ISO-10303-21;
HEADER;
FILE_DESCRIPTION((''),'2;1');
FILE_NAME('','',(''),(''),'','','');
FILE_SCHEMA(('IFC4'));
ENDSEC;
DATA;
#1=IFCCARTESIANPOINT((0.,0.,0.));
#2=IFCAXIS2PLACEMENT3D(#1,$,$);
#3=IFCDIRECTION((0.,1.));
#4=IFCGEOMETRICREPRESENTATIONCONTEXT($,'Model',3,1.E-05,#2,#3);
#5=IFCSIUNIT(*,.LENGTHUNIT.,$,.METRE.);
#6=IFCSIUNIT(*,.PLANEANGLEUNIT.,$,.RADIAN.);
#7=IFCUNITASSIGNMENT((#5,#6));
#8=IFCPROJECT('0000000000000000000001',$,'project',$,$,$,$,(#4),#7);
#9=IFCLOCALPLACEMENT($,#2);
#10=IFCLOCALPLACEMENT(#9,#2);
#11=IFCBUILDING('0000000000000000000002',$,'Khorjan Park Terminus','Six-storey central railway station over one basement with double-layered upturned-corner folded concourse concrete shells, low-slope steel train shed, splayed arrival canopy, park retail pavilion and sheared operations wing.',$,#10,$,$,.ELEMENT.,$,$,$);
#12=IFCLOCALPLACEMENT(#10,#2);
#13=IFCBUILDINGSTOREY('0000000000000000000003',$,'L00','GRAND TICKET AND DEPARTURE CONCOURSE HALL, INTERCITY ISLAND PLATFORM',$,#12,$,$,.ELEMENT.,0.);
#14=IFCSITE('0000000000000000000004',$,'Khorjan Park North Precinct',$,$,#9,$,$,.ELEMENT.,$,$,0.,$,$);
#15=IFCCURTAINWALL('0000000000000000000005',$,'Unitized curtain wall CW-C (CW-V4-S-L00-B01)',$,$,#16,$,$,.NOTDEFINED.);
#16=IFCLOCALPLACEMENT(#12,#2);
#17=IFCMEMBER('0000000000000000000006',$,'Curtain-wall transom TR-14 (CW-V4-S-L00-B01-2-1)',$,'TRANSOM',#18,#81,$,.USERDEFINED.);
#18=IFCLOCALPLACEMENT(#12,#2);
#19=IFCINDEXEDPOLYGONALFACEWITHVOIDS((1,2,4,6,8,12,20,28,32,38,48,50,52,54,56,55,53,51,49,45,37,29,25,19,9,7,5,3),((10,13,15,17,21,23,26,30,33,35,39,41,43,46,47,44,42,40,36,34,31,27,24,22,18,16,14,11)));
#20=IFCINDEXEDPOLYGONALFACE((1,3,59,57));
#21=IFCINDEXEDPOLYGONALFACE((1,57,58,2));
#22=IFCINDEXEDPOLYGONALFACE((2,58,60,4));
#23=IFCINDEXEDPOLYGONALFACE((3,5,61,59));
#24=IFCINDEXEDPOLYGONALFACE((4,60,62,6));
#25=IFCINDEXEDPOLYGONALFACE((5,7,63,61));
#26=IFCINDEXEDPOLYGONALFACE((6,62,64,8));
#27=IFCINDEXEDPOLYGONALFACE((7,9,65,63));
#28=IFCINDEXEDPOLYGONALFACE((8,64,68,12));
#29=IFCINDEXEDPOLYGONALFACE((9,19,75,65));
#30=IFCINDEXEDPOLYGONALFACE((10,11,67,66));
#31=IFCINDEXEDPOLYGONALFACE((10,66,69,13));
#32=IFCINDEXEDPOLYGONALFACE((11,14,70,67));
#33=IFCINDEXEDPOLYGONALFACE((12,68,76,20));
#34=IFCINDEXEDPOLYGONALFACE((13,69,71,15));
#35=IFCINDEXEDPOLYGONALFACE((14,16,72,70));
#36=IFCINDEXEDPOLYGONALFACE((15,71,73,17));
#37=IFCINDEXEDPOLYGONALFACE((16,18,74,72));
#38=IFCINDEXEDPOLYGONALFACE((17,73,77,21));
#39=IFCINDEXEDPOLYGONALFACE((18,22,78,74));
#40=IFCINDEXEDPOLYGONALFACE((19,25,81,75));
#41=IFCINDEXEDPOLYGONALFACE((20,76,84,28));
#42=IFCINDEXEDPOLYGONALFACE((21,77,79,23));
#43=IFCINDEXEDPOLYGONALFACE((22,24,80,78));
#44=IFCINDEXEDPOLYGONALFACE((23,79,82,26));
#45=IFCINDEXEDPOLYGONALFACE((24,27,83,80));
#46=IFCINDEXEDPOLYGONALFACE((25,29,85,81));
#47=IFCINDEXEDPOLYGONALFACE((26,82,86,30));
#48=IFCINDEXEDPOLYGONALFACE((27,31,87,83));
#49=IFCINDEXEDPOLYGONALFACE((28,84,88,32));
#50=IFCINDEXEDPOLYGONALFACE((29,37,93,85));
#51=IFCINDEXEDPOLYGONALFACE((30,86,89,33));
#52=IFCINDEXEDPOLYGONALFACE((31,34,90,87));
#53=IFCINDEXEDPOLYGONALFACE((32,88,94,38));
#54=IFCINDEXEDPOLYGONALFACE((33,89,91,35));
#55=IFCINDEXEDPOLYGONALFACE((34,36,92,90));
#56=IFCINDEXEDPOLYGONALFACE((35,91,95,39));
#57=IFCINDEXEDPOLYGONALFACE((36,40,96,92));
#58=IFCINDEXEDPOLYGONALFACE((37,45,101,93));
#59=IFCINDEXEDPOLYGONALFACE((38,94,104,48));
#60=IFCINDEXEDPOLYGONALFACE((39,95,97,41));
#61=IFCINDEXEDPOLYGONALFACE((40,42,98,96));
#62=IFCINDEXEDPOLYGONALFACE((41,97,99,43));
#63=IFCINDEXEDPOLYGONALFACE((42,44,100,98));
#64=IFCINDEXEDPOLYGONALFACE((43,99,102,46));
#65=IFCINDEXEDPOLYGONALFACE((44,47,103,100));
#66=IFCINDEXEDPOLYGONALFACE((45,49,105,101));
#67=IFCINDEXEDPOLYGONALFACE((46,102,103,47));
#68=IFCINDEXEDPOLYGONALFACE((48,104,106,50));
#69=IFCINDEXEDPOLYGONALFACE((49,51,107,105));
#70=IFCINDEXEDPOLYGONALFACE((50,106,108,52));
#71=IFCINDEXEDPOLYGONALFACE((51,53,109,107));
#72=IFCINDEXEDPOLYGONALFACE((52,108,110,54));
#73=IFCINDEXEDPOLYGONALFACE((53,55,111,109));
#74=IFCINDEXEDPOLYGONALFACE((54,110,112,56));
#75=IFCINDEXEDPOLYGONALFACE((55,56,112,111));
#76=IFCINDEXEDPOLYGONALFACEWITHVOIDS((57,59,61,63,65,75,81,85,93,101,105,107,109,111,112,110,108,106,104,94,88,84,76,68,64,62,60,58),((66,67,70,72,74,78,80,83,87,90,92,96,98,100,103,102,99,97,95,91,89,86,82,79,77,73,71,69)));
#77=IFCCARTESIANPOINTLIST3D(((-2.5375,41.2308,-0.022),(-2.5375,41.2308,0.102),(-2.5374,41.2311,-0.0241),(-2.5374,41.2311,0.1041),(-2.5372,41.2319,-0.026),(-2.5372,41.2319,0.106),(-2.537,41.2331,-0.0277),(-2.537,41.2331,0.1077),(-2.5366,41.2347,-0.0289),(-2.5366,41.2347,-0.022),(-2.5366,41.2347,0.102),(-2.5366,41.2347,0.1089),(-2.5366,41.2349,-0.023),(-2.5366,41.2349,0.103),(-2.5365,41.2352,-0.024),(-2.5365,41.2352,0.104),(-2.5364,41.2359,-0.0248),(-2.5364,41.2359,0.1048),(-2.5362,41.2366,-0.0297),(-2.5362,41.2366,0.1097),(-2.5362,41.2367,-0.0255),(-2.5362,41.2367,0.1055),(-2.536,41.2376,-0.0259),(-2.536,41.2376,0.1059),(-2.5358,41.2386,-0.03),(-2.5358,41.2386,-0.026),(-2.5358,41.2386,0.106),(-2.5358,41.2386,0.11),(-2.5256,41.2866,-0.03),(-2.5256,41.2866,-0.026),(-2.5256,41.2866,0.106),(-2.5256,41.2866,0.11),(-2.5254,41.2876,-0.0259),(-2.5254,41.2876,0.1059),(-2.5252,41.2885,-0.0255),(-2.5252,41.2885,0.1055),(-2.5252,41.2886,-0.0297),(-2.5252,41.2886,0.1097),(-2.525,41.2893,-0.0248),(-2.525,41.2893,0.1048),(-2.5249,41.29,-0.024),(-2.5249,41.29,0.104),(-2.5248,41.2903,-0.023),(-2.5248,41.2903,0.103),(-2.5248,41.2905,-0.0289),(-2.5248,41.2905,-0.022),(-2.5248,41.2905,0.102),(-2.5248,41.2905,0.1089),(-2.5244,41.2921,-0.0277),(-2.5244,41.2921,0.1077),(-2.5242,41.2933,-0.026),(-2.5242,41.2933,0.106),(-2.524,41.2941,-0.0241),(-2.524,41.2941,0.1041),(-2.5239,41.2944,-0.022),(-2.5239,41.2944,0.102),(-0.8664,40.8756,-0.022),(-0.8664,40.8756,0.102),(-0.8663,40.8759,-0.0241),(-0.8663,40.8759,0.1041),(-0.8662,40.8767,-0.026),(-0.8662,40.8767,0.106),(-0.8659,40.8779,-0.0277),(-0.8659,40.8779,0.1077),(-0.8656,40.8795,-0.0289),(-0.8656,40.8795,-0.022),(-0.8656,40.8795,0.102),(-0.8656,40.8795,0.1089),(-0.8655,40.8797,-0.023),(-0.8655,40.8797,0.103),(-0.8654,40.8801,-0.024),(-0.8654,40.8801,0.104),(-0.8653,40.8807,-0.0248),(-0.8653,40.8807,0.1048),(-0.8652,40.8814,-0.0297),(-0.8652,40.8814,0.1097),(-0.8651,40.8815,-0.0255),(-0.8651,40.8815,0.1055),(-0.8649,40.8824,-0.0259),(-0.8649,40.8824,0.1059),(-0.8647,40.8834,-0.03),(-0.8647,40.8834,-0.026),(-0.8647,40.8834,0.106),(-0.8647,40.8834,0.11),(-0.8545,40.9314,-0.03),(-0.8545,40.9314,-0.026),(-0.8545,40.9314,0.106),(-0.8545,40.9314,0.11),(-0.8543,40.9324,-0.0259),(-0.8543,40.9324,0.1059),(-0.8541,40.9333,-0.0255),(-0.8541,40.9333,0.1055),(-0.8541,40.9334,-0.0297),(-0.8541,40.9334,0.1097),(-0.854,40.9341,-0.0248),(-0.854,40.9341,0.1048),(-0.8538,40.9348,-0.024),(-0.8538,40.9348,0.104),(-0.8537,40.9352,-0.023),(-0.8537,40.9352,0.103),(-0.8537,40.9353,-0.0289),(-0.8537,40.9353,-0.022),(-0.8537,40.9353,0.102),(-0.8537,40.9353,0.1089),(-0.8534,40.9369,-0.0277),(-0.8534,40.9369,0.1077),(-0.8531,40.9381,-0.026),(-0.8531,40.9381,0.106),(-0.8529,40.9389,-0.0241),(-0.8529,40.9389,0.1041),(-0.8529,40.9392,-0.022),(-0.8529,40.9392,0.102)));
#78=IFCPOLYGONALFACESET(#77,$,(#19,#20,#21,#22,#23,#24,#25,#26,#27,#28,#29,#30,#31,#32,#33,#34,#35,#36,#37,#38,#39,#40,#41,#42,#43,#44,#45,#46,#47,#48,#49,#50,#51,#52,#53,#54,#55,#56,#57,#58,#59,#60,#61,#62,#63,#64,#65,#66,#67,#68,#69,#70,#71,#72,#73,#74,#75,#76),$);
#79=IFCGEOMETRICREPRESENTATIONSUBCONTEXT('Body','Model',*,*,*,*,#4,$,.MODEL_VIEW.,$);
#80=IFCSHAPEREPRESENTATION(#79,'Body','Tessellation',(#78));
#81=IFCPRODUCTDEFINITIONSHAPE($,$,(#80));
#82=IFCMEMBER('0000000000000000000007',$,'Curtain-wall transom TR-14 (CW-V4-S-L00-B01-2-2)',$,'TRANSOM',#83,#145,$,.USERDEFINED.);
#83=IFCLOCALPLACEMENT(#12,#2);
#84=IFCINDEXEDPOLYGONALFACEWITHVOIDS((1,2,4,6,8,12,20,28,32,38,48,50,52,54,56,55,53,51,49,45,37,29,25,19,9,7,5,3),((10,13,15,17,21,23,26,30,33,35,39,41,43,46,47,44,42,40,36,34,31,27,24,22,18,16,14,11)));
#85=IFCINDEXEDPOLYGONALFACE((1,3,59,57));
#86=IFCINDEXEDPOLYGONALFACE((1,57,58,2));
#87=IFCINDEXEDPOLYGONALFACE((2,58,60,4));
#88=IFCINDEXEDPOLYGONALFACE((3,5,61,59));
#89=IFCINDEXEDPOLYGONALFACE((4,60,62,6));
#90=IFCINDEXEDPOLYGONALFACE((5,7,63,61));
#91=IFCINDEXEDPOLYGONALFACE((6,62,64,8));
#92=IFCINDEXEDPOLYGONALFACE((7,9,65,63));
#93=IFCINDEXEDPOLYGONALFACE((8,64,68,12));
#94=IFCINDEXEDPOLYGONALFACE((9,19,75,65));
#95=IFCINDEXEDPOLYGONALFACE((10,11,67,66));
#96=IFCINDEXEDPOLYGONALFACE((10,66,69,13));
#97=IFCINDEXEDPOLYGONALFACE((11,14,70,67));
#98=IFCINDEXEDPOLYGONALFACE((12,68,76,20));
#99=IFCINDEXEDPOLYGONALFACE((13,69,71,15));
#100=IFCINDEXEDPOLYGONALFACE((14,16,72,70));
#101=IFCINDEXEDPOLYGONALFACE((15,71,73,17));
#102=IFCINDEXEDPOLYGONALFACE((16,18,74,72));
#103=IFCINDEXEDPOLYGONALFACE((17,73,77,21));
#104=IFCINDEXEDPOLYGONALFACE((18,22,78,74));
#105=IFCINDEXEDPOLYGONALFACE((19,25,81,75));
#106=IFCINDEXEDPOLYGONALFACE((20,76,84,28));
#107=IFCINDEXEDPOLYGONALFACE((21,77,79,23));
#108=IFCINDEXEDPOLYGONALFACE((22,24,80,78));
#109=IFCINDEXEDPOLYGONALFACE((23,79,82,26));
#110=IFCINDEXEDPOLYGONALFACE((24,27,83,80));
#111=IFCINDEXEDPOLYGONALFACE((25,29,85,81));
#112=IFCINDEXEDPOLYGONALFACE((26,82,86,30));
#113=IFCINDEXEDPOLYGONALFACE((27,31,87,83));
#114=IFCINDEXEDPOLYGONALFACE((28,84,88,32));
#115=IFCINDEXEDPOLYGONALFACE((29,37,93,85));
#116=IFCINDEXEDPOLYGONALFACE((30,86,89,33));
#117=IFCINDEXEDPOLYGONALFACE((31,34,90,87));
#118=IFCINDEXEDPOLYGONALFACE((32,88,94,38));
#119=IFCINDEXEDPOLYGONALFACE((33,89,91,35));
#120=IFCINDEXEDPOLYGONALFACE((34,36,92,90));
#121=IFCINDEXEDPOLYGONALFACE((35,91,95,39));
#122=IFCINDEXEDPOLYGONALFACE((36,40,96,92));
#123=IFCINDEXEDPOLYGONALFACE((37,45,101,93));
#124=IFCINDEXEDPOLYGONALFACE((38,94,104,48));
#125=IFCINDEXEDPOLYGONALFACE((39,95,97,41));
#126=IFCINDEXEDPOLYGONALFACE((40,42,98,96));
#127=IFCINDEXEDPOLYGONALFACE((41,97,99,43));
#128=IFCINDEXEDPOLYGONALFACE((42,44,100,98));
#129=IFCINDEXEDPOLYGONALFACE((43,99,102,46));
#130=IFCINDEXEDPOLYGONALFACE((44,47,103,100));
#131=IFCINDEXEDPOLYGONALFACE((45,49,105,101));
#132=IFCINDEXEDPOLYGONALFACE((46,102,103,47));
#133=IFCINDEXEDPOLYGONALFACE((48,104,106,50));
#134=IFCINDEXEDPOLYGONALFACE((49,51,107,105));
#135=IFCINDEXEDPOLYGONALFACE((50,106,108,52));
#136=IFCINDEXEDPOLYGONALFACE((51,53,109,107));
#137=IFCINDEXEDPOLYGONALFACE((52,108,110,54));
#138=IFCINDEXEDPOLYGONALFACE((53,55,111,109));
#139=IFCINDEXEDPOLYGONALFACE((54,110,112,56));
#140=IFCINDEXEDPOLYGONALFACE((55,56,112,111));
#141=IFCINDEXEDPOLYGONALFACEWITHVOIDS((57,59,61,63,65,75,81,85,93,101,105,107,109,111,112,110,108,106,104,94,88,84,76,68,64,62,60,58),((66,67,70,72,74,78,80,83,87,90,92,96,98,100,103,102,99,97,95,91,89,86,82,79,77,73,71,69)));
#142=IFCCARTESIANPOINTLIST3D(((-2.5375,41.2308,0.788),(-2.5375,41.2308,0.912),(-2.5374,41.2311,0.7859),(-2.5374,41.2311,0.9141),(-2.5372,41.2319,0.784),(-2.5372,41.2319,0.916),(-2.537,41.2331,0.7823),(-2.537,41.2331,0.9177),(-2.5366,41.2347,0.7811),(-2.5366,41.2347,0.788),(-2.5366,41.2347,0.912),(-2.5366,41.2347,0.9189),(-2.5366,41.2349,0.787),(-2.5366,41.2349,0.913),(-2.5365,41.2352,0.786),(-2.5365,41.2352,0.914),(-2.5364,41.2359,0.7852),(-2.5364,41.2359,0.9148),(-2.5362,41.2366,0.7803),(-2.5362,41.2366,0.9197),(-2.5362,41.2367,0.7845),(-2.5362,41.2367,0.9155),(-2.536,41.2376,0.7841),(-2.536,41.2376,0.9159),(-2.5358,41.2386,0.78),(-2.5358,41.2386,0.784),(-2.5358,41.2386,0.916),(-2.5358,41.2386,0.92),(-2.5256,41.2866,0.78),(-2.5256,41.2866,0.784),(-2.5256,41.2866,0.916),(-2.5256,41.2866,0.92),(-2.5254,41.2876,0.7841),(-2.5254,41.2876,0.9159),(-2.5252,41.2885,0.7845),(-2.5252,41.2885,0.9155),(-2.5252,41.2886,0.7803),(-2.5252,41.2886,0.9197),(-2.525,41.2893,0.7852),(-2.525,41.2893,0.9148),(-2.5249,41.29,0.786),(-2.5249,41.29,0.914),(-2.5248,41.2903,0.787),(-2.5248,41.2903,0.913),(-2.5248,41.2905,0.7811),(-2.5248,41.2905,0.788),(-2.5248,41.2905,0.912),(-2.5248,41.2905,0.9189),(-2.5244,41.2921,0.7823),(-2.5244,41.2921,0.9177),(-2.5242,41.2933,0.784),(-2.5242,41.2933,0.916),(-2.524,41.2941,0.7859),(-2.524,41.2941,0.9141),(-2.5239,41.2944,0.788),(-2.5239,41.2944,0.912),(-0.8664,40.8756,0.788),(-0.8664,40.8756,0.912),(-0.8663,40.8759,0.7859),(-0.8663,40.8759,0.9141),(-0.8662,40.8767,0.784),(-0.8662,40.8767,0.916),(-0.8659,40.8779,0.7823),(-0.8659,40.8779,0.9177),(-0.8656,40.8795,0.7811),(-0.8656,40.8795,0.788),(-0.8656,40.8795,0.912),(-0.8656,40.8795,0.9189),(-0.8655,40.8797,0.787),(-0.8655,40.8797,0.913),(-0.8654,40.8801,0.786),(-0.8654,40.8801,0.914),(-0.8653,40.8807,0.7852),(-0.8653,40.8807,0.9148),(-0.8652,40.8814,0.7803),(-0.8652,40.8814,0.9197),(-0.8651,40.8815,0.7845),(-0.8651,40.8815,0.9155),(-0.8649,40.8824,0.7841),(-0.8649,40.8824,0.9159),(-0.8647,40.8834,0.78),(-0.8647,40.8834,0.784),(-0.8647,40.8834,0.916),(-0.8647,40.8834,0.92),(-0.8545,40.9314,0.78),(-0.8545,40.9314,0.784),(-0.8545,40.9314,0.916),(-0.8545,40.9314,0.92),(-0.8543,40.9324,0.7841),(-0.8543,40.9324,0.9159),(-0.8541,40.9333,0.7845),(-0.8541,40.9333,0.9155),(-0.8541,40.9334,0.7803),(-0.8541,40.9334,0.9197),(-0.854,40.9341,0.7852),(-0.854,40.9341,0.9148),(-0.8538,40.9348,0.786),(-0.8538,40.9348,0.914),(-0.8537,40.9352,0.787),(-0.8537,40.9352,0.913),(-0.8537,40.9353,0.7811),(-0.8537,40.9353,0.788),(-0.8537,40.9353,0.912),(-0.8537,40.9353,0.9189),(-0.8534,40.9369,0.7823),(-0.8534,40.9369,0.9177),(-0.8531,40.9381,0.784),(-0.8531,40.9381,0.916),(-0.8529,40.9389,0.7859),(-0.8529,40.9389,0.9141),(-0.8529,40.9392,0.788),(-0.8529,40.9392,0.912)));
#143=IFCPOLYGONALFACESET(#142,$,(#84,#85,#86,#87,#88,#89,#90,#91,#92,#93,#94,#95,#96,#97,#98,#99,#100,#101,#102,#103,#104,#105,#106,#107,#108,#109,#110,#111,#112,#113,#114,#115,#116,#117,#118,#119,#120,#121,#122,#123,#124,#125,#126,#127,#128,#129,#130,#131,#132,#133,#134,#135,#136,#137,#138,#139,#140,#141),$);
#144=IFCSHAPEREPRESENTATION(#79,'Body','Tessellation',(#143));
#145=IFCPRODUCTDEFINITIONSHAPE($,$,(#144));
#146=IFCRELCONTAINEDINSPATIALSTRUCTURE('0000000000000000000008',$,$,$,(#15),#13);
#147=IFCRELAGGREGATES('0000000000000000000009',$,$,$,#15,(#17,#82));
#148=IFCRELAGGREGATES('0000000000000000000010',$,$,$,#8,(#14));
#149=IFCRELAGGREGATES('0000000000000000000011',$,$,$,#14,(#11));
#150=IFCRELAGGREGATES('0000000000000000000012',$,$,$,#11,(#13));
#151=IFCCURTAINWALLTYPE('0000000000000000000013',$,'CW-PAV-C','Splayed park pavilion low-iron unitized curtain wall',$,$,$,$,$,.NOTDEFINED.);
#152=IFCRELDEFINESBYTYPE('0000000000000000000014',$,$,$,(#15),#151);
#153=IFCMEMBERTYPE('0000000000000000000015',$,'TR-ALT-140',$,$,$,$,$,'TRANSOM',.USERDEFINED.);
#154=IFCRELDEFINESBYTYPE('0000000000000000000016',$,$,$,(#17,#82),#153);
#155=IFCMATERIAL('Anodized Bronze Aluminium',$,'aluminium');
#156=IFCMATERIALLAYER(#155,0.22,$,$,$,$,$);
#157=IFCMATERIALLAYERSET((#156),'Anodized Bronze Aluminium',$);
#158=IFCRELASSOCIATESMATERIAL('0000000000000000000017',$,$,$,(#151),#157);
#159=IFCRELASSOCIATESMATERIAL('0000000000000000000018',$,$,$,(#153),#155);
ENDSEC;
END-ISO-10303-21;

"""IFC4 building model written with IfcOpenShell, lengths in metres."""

from ifc_helpers import new_model, si_unit, direction, frame, origin, origin_2d, place, context, subcontext, project, spatial, hollow_rectangle, extrude, material, layer, layer_set, material_profile, profile_set, type_object, element, aggregate, save


model = new_model("IFC4")

# Units and contexts
model_context = context("Model", 3, precision=1e-05, world=origin(), true_north=direction((0.0, 1.0)))
body_context = subcontext(model_context, "Body", "Model", "MODEL_VIEW")
ifc_project = project(units=[si_unit("LENGTHUNIT", "METRE"), si_unit("PLANEANGLEUNIT", "RADIAN")], contexts=[model_context])

# Site, building, storey
site_placement = place(None, origin())
site = spatial("IfcSite", under=ifc_project, at=site_placement, Name="Khorjan Park North Precinct", CompositionType="ELEMENT", RefElevation=0.0)
building_placement = place(site_placement, origin())
building = spatial("IfcBuilding", under=site, at=building_placement, Name="Khorjan Park Terminus", Description="Six-storey central railway station over one basement with double-layered upturned-corner folded concourse concrete shells, low-slope steel train shed, splayed arrival canopy, park retail pavilion and sheared operations wing.", CompositionType="ELEMENT")
storey_placement = place(building_placement, origin())
storey = spatial("IfcBuildingStorey", under=building, at=storey_placement, Name="L00", Description="GRAND TICKET AND DEPARTURE CONCOURSE HALL, INTERCITY ISLAND PLATFORM", CompositionType="ELEMENT", Elevation=0.0)

# Curtain wall, members
ifc_material_1 = material(Name="Anodized Bronze Aluminium", Category="aluminium")
ifc_layer_1 = layer(ifc_material_1, 0.22)
ifc_layer_set_1 = layer_set([ifc_layer_1], Name="Anodized Bronze Aluminium")
curtain_wall_type = type_object("IfcCurtainWallType", Name="CW-PAV-C", Description="Splayed park pavilion low-iron unitized curtain wall", PredefinedType="NOTDEFINED", material=ifc_layer_set_1)
curtain_wall_placement = place(storey_placement, origin())
curtain_wall = element("IfcCurtainWall", 1, at=curtain_wall_placement, inside=storey, type_object=curtain_wall_type, Name="Unitized curtain wall CW-C (CW-V4-S-L00-B01)", PredefinedType="NOTDEFINED")
ifc_material_profile_1 = material_profile(ifc_material_1, hollow_rectangle(XDim=0.065, YDim=0.14, WallThickness=0.004, InnerFilletRadius=0.004, OuterFilletRadius=0.008, at=origin_2d()), Name="ALT 65x140x4")
ifc_profile_set_1 = profile_set([ifc_material_profile_1], Name="Anodized Bronze Aluminium")
member_type_1 = type_object("IfcMemberType", Name="TR-ALT-140", ElementType="TRANSOM", PredefinedType="USERDEFINED", material=ifc_profile_set_1)
member_1_placement = place(storey_placement, frame((-2.5307, 41.2626, 0.04), z_axis=(0.978148, -0.20791, 0.0), x_axis=(0.20791, 0.978148, 0.0)))
member_1 = element("IfcMember", 2, at=member_1_placement, type_object=member_type_1, Name="Curtain-wall transom TR-14 (CW-V4-S-L00-B01-2-1)", ObjectType="TRANSOM", PredefinedType="USERDEFINED", context=body_context, shape_type="SweptSolid", body=[
    extrude(hollow_rectangle(XDim=0.065, YDim=0.14, WallThickness=0.004, InnerFilletRadius=0.004, OuterFilletRadius=0.008, at=origin_2d()), origin(), (0.0, 0.0, 1.0), 1.7084),
])
member_2_placement = place(storey_placement, frame((-2.5307, 41.2626, 0.85), z_axis=(0.978148, -0.20791, 0.0), x_axis=(0.20791, 0.978148, 0.0)))
member_2 = element("IfcMember", 3, at=member_2_placement, type_object=member_type_1, Name="Curtain-wall transom TR-14 (CW-V4-S-L00-B01-2-2)", ObjectType="TRANSOM", PredefinedType="USERDEFINED", context=body_context, shape_type="SweptSolid", body=[
    extrude(hollow_rectangle(XDim=0.065, YDim=0.14, WallThickness=0.004, InnerFilletRadius=0.004, OuterFilletRadius=0.008, at=origin_2d()), origin(), (0.0, 0.0, 1.0), 1.7084),
])
aggregate(curtain_wall, [member_1, member_2])

save(model, "model.ifc")
